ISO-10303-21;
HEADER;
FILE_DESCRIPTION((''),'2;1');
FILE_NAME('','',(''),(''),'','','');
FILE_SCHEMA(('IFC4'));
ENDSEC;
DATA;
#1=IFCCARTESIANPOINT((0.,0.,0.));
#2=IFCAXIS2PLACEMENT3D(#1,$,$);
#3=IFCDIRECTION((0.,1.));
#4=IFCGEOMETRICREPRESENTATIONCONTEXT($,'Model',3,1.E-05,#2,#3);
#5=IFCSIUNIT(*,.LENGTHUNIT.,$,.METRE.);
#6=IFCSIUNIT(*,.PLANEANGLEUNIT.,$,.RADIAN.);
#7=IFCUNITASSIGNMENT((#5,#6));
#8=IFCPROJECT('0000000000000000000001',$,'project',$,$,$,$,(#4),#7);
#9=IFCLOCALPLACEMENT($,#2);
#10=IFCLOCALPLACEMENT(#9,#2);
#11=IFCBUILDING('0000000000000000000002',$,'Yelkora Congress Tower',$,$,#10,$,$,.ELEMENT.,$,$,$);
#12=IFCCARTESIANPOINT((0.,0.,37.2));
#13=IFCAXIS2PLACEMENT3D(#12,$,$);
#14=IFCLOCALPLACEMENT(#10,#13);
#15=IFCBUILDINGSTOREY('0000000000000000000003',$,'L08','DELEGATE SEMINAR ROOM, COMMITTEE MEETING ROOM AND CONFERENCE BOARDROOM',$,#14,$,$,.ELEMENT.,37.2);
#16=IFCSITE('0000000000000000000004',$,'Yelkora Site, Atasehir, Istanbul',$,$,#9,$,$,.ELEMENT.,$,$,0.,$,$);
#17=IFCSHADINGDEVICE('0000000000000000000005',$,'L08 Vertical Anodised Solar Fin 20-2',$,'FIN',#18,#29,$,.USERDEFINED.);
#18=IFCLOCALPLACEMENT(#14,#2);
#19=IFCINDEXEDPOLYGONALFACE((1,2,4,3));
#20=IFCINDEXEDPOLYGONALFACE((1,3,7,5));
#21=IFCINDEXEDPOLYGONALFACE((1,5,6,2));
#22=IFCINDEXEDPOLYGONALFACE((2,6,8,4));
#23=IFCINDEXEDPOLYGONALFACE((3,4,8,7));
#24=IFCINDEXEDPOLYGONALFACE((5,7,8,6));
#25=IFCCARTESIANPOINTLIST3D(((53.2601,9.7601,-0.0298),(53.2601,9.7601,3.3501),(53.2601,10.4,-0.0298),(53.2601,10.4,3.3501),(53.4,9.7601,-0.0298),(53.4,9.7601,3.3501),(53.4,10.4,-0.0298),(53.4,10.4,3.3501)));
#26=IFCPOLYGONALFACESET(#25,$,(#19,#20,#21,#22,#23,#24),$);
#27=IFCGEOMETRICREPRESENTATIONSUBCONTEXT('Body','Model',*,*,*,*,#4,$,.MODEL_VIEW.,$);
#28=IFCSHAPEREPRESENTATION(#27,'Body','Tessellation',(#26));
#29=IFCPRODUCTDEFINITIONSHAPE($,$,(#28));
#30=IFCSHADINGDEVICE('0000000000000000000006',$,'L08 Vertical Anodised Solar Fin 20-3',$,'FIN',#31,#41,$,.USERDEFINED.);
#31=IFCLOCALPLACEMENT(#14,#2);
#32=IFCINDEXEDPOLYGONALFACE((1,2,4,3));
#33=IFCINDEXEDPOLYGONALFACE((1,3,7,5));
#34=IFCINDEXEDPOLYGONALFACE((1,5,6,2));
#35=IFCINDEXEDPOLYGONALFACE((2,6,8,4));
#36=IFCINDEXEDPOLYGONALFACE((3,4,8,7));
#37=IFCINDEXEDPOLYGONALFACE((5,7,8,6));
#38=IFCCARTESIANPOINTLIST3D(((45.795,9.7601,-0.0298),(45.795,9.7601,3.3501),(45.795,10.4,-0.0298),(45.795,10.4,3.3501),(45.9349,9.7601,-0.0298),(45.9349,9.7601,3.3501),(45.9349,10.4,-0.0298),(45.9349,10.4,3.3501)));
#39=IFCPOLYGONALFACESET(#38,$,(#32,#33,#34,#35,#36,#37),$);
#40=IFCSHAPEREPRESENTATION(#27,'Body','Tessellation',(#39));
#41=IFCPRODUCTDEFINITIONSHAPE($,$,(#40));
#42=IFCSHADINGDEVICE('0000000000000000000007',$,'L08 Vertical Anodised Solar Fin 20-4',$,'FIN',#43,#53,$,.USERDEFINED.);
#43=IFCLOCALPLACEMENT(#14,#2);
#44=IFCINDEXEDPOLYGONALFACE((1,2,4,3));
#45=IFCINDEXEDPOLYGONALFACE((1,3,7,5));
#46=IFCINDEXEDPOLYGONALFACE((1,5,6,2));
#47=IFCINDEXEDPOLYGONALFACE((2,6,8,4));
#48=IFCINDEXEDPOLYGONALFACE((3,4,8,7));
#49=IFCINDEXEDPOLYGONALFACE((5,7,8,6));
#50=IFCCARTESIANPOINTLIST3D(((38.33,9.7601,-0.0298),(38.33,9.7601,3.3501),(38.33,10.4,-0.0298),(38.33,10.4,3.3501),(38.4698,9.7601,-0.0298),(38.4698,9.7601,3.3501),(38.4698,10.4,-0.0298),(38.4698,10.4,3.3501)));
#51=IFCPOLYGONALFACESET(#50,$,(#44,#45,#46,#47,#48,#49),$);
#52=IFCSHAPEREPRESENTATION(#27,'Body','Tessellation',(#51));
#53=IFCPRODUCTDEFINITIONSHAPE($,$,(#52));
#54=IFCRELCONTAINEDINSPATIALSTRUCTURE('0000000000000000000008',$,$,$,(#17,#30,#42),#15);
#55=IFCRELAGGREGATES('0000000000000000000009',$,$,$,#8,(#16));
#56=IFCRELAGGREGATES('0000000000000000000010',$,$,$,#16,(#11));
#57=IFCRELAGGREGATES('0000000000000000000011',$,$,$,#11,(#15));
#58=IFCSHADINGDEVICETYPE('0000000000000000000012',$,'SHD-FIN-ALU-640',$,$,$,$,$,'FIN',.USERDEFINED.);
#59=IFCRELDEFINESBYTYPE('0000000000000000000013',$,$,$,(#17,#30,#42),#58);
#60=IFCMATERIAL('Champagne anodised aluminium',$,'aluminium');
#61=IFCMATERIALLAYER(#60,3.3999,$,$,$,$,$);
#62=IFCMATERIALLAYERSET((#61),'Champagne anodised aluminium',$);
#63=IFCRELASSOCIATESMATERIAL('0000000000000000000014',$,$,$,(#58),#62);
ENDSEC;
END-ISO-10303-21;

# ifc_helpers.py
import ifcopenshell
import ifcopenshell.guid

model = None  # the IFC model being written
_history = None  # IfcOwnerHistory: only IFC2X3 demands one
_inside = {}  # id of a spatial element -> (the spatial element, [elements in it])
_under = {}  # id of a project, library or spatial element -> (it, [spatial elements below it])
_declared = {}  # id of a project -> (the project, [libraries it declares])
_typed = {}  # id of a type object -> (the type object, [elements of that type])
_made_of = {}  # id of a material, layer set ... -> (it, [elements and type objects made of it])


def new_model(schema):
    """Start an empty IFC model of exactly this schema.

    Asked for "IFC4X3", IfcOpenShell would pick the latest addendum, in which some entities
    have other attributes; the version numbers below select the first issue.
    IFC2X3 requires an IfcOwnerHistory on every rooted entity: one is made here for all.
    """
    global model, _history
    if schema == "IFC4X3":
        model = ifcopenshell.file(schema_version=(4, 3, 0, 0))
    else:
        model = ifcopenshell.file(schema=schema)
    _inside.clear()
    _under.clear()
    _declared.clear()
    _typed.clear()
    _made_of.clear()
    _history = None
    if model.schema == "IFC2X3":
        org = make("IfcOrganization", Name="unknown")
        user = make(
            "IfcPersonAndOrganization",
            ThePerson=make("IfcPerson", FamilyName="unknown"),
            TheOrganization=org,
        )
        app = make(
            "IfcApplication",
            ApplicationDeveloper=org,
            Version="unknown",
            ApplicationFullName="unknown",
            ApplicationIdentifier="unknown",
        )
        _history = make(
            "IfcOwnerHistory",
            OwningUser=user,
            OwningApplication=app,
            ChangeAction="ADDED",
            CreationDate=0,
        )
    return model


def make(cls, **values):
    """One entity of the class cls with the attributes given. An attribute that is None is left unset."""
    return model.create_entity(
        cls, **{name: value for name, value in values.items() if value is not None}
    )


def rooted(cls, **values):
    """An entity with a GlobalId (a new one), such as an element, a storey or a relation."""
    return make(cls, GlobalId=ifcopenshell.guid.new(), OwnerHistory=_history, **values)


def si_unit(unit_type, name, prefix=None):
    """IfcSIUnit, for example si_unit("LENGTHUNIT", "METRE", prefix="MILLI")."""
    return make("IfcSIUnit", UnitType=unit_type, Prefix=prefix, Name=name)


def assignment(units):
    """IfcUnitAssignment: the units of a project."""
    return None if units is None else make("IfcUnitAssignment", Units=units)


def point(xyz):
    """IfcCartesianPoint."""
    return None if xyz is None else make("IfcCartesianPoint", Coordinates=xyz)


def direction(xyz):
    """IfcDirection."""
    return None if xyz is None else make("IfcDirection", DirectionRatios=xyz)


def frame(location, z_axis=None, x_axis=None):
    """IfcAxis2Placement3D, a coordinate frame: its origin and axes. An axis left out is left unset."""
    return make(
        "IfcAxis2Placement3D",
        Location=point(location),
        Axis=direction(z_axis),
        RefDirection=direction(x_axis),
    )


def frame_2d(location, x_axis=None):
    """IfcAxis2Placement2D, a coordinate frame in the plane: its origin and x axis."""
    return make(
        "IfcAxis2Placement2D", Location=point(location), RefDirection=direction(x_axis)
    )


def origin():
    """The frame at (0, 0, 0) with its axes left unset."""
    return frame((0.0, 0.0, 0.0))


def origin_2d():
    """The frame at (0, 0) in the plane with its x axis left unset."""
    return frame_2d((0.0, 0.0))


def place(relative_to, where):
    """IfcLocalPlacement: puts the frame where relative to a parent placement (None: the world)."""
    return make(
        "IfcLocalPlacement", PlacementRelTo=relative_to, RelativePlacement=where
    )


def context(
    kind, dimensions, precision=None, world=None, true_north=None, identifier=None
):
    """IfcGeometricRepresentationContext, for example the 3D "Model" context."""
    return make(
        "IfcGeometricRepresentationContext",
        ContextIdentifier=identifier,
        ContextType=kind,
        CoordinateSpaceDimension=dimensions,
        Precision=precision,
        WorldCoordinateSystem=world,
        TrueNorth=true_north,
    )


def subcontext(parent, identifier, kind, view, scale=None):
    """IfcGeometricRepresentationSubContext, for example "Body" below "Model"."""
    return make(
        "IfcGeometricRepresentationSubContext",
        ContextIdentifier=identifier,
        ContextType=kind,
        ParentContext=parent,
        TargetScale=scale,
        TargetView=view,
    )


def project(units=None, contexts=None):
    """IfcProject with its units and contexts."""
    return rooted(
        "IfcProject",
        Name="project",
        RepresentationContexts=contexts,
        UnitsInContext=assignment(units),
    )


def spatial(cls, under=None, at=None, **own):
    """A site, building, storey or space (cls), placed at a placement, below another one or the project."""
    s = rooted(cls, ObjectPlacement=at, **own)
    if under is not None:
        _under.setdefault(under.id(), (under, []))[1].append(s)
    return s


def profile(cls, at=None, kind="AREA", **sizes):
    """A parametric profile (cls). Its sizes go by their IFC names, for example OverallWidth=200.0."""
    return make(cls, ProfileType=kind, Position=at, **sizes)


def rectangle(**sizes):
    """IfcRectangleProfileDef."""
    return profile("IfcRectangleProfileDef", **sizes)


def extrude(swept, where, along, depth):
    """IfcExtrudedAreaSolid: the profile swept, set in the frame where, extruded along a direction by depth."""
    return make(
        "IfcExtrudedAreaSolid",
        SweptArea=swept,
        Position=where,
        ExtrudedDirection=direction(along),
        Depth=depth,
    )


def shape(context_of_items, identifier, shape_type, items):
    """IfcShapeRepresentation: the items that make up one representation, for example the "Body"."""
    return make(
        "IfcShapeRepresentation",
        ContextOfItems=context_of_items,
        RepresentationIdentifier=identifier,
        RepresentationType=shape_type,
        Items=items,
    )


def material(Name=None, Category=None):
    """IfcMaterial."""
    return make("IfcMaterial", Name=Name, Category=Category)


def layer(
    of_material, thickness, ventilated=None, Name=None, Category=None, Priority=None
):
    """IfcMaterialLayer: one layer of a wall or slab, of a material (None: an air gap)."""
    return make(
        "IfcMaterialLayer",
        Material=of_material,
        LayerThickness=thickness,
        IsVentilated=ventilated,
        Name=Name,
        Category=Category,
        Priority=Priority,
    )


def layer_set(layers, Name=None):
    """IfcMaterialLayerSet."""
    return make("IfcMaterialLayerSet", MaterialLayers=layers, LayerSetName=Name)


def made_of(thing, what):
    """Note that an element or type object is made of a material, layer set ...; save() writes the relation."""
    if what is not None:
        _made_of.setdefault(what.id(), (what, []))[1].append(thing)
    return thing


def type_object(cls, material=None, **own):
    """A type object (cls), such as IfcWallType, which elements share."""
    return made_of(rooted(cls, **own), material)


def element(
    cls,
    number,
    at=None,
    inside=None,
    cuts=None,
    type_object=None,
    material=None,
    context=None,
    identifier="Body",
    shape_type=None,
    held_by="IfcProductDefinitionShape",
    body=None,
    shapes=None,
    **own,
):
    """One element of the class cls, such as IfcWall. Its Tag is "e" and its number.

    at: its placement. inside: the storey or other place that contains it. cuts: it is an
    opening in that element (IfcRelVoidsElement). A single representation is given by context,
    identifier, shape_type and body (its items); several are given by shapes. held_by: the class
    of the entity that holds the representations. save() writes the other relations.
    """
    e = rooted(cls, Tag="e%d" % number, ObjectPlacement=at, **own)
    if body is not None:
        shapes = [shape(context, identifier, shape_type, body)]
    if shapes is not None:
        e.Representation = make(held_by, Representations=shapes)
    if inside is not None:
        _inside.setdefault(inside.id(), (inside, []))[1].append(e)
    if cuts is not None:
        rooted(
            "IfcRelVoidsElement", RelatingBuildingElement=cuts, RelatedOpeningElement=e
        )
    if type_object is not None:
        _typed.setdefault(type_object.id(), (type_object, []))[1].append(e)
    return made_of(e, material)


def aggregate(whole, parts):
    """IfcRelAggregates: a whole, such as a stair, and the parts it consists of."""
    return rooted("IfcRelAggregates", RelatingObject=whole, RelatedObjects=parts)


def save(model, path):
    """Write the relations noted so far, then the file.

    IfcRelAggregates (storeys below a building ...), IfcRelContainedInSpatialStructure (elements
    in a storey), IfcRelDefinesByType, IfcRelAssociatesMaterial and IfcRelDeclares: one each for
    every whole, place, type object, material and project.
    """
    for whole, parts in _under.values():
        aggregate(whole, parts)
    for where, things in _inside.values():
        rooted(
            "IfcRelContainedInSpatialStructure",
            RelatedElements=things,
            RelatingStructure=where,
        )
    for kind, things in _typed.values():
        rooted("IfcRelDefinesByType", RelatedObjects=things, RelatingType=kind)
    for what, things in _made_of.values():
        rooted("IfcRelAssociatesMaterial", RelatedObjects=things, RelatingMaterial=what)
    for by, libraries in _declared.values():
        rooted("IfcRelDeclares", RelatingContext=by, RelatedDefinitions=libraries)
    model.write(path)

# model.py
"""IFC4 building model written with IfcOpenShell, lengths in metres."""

from ifc_helpers import new_model, si_unit, direction, frame, origin, origin_2d, place, context, subcontext, project, spatial, rectangle, extrude, material, layer, layer_set, type_object, element, save


model = new_model("IFC4")

# Units and contexts
model_context = context("Model", 3, precision=1e-05, world=origin(), true_north=direction((0.0, 1.0)))
body_context = subcontext(model_context, "Body", "Model", "MODEL_VIEW")
ifc_project = project(units=[si_unit("LENGTHUNIT", "METRE"), si_unit("PLANEANGLEUNIT", "RADIAN")], contexts=[model_context])

# Site, building, storey
site_placement = place(None, origin())
site = spatial("IfcSite", under=ifc_project, at=site_placement, Name="Yelkora Site, Atasehir, Istanbul", CompositionType="ELEMENT", RefElevation=0.0)
building_placement = place(site_placement, origin())
building = spatial("IfcBuilding", under=site, at=building_placement, Name="Yelkora Congress Tower", CompositionType="ELEMENT")
storey_placement = place(building_placement, frame((0.0, 0.0, 37.2)))
storey = spatial("IfcBuildingStorey", under=building, at=storey_placement, Name="L08", Description="DELEGATE SEMINAR ROOM, COMMITTEE MEETING ROOM AND CONFERENCE BOARDROOM", CompositionType="ELEMENT", Elevation=37.2)

# Shading devices
ifc_material_1 = material(Name="Champagne anodised aluminium", Category="aluminium")
ifc_layer_1 = layer(ifc_material_1, 3.3999)
ifc_layer_set_1 = layer_set([ifc_layer_1], Name="Champagne anodised aluminium")
shading_device_type = type_object("IfcShadingDeviceType", Name="SHD-FIN-ALU-640", ElementType="FIN", PredefinedType="USERDEFINED", material=ifc_layer_set_1)
for number, where, z_axis, x_axis, name in (
    (1, (53.3301, 10.0801, -0.0298), (0.0, 0.0, 1.0), (-1.0, 0.0, 0.0), "L08 Vertical Anodised Solar Fin 20-2"),
    (2, (45.865, 10.0801, -0.0298), (0.0, 0.0, 1.0), (-1.0, 0.0, 0.0), "L08 Vertical Anodised Solar Fin 20-3"),
    (3, (38.3999, 10.0801, -0.0298), (0.0, 0.0, 1.0), (-1.0, 0.0, 0.0), "L08 Vertical Anodised Solar Fin 20-4"),
):
    element("IfcShadingDevice", number, at=place(storey_placement, frame(where, z_axis=z_axis, x_axis=x_axis)), inside=storey, type_object=shading_device_type, Name=name, ObjectType="FIN", PredefinedType="USERDEFINED", context=body_context, shape_type="SweptSolid", body=[
        extrude(rectangle(XDim=0.1399, YDim=0.6399, at=origin_2d()), origin(), (0.0, 0.0, 1.0), 3.3799),
    ])

save(model, "model.ifc")
